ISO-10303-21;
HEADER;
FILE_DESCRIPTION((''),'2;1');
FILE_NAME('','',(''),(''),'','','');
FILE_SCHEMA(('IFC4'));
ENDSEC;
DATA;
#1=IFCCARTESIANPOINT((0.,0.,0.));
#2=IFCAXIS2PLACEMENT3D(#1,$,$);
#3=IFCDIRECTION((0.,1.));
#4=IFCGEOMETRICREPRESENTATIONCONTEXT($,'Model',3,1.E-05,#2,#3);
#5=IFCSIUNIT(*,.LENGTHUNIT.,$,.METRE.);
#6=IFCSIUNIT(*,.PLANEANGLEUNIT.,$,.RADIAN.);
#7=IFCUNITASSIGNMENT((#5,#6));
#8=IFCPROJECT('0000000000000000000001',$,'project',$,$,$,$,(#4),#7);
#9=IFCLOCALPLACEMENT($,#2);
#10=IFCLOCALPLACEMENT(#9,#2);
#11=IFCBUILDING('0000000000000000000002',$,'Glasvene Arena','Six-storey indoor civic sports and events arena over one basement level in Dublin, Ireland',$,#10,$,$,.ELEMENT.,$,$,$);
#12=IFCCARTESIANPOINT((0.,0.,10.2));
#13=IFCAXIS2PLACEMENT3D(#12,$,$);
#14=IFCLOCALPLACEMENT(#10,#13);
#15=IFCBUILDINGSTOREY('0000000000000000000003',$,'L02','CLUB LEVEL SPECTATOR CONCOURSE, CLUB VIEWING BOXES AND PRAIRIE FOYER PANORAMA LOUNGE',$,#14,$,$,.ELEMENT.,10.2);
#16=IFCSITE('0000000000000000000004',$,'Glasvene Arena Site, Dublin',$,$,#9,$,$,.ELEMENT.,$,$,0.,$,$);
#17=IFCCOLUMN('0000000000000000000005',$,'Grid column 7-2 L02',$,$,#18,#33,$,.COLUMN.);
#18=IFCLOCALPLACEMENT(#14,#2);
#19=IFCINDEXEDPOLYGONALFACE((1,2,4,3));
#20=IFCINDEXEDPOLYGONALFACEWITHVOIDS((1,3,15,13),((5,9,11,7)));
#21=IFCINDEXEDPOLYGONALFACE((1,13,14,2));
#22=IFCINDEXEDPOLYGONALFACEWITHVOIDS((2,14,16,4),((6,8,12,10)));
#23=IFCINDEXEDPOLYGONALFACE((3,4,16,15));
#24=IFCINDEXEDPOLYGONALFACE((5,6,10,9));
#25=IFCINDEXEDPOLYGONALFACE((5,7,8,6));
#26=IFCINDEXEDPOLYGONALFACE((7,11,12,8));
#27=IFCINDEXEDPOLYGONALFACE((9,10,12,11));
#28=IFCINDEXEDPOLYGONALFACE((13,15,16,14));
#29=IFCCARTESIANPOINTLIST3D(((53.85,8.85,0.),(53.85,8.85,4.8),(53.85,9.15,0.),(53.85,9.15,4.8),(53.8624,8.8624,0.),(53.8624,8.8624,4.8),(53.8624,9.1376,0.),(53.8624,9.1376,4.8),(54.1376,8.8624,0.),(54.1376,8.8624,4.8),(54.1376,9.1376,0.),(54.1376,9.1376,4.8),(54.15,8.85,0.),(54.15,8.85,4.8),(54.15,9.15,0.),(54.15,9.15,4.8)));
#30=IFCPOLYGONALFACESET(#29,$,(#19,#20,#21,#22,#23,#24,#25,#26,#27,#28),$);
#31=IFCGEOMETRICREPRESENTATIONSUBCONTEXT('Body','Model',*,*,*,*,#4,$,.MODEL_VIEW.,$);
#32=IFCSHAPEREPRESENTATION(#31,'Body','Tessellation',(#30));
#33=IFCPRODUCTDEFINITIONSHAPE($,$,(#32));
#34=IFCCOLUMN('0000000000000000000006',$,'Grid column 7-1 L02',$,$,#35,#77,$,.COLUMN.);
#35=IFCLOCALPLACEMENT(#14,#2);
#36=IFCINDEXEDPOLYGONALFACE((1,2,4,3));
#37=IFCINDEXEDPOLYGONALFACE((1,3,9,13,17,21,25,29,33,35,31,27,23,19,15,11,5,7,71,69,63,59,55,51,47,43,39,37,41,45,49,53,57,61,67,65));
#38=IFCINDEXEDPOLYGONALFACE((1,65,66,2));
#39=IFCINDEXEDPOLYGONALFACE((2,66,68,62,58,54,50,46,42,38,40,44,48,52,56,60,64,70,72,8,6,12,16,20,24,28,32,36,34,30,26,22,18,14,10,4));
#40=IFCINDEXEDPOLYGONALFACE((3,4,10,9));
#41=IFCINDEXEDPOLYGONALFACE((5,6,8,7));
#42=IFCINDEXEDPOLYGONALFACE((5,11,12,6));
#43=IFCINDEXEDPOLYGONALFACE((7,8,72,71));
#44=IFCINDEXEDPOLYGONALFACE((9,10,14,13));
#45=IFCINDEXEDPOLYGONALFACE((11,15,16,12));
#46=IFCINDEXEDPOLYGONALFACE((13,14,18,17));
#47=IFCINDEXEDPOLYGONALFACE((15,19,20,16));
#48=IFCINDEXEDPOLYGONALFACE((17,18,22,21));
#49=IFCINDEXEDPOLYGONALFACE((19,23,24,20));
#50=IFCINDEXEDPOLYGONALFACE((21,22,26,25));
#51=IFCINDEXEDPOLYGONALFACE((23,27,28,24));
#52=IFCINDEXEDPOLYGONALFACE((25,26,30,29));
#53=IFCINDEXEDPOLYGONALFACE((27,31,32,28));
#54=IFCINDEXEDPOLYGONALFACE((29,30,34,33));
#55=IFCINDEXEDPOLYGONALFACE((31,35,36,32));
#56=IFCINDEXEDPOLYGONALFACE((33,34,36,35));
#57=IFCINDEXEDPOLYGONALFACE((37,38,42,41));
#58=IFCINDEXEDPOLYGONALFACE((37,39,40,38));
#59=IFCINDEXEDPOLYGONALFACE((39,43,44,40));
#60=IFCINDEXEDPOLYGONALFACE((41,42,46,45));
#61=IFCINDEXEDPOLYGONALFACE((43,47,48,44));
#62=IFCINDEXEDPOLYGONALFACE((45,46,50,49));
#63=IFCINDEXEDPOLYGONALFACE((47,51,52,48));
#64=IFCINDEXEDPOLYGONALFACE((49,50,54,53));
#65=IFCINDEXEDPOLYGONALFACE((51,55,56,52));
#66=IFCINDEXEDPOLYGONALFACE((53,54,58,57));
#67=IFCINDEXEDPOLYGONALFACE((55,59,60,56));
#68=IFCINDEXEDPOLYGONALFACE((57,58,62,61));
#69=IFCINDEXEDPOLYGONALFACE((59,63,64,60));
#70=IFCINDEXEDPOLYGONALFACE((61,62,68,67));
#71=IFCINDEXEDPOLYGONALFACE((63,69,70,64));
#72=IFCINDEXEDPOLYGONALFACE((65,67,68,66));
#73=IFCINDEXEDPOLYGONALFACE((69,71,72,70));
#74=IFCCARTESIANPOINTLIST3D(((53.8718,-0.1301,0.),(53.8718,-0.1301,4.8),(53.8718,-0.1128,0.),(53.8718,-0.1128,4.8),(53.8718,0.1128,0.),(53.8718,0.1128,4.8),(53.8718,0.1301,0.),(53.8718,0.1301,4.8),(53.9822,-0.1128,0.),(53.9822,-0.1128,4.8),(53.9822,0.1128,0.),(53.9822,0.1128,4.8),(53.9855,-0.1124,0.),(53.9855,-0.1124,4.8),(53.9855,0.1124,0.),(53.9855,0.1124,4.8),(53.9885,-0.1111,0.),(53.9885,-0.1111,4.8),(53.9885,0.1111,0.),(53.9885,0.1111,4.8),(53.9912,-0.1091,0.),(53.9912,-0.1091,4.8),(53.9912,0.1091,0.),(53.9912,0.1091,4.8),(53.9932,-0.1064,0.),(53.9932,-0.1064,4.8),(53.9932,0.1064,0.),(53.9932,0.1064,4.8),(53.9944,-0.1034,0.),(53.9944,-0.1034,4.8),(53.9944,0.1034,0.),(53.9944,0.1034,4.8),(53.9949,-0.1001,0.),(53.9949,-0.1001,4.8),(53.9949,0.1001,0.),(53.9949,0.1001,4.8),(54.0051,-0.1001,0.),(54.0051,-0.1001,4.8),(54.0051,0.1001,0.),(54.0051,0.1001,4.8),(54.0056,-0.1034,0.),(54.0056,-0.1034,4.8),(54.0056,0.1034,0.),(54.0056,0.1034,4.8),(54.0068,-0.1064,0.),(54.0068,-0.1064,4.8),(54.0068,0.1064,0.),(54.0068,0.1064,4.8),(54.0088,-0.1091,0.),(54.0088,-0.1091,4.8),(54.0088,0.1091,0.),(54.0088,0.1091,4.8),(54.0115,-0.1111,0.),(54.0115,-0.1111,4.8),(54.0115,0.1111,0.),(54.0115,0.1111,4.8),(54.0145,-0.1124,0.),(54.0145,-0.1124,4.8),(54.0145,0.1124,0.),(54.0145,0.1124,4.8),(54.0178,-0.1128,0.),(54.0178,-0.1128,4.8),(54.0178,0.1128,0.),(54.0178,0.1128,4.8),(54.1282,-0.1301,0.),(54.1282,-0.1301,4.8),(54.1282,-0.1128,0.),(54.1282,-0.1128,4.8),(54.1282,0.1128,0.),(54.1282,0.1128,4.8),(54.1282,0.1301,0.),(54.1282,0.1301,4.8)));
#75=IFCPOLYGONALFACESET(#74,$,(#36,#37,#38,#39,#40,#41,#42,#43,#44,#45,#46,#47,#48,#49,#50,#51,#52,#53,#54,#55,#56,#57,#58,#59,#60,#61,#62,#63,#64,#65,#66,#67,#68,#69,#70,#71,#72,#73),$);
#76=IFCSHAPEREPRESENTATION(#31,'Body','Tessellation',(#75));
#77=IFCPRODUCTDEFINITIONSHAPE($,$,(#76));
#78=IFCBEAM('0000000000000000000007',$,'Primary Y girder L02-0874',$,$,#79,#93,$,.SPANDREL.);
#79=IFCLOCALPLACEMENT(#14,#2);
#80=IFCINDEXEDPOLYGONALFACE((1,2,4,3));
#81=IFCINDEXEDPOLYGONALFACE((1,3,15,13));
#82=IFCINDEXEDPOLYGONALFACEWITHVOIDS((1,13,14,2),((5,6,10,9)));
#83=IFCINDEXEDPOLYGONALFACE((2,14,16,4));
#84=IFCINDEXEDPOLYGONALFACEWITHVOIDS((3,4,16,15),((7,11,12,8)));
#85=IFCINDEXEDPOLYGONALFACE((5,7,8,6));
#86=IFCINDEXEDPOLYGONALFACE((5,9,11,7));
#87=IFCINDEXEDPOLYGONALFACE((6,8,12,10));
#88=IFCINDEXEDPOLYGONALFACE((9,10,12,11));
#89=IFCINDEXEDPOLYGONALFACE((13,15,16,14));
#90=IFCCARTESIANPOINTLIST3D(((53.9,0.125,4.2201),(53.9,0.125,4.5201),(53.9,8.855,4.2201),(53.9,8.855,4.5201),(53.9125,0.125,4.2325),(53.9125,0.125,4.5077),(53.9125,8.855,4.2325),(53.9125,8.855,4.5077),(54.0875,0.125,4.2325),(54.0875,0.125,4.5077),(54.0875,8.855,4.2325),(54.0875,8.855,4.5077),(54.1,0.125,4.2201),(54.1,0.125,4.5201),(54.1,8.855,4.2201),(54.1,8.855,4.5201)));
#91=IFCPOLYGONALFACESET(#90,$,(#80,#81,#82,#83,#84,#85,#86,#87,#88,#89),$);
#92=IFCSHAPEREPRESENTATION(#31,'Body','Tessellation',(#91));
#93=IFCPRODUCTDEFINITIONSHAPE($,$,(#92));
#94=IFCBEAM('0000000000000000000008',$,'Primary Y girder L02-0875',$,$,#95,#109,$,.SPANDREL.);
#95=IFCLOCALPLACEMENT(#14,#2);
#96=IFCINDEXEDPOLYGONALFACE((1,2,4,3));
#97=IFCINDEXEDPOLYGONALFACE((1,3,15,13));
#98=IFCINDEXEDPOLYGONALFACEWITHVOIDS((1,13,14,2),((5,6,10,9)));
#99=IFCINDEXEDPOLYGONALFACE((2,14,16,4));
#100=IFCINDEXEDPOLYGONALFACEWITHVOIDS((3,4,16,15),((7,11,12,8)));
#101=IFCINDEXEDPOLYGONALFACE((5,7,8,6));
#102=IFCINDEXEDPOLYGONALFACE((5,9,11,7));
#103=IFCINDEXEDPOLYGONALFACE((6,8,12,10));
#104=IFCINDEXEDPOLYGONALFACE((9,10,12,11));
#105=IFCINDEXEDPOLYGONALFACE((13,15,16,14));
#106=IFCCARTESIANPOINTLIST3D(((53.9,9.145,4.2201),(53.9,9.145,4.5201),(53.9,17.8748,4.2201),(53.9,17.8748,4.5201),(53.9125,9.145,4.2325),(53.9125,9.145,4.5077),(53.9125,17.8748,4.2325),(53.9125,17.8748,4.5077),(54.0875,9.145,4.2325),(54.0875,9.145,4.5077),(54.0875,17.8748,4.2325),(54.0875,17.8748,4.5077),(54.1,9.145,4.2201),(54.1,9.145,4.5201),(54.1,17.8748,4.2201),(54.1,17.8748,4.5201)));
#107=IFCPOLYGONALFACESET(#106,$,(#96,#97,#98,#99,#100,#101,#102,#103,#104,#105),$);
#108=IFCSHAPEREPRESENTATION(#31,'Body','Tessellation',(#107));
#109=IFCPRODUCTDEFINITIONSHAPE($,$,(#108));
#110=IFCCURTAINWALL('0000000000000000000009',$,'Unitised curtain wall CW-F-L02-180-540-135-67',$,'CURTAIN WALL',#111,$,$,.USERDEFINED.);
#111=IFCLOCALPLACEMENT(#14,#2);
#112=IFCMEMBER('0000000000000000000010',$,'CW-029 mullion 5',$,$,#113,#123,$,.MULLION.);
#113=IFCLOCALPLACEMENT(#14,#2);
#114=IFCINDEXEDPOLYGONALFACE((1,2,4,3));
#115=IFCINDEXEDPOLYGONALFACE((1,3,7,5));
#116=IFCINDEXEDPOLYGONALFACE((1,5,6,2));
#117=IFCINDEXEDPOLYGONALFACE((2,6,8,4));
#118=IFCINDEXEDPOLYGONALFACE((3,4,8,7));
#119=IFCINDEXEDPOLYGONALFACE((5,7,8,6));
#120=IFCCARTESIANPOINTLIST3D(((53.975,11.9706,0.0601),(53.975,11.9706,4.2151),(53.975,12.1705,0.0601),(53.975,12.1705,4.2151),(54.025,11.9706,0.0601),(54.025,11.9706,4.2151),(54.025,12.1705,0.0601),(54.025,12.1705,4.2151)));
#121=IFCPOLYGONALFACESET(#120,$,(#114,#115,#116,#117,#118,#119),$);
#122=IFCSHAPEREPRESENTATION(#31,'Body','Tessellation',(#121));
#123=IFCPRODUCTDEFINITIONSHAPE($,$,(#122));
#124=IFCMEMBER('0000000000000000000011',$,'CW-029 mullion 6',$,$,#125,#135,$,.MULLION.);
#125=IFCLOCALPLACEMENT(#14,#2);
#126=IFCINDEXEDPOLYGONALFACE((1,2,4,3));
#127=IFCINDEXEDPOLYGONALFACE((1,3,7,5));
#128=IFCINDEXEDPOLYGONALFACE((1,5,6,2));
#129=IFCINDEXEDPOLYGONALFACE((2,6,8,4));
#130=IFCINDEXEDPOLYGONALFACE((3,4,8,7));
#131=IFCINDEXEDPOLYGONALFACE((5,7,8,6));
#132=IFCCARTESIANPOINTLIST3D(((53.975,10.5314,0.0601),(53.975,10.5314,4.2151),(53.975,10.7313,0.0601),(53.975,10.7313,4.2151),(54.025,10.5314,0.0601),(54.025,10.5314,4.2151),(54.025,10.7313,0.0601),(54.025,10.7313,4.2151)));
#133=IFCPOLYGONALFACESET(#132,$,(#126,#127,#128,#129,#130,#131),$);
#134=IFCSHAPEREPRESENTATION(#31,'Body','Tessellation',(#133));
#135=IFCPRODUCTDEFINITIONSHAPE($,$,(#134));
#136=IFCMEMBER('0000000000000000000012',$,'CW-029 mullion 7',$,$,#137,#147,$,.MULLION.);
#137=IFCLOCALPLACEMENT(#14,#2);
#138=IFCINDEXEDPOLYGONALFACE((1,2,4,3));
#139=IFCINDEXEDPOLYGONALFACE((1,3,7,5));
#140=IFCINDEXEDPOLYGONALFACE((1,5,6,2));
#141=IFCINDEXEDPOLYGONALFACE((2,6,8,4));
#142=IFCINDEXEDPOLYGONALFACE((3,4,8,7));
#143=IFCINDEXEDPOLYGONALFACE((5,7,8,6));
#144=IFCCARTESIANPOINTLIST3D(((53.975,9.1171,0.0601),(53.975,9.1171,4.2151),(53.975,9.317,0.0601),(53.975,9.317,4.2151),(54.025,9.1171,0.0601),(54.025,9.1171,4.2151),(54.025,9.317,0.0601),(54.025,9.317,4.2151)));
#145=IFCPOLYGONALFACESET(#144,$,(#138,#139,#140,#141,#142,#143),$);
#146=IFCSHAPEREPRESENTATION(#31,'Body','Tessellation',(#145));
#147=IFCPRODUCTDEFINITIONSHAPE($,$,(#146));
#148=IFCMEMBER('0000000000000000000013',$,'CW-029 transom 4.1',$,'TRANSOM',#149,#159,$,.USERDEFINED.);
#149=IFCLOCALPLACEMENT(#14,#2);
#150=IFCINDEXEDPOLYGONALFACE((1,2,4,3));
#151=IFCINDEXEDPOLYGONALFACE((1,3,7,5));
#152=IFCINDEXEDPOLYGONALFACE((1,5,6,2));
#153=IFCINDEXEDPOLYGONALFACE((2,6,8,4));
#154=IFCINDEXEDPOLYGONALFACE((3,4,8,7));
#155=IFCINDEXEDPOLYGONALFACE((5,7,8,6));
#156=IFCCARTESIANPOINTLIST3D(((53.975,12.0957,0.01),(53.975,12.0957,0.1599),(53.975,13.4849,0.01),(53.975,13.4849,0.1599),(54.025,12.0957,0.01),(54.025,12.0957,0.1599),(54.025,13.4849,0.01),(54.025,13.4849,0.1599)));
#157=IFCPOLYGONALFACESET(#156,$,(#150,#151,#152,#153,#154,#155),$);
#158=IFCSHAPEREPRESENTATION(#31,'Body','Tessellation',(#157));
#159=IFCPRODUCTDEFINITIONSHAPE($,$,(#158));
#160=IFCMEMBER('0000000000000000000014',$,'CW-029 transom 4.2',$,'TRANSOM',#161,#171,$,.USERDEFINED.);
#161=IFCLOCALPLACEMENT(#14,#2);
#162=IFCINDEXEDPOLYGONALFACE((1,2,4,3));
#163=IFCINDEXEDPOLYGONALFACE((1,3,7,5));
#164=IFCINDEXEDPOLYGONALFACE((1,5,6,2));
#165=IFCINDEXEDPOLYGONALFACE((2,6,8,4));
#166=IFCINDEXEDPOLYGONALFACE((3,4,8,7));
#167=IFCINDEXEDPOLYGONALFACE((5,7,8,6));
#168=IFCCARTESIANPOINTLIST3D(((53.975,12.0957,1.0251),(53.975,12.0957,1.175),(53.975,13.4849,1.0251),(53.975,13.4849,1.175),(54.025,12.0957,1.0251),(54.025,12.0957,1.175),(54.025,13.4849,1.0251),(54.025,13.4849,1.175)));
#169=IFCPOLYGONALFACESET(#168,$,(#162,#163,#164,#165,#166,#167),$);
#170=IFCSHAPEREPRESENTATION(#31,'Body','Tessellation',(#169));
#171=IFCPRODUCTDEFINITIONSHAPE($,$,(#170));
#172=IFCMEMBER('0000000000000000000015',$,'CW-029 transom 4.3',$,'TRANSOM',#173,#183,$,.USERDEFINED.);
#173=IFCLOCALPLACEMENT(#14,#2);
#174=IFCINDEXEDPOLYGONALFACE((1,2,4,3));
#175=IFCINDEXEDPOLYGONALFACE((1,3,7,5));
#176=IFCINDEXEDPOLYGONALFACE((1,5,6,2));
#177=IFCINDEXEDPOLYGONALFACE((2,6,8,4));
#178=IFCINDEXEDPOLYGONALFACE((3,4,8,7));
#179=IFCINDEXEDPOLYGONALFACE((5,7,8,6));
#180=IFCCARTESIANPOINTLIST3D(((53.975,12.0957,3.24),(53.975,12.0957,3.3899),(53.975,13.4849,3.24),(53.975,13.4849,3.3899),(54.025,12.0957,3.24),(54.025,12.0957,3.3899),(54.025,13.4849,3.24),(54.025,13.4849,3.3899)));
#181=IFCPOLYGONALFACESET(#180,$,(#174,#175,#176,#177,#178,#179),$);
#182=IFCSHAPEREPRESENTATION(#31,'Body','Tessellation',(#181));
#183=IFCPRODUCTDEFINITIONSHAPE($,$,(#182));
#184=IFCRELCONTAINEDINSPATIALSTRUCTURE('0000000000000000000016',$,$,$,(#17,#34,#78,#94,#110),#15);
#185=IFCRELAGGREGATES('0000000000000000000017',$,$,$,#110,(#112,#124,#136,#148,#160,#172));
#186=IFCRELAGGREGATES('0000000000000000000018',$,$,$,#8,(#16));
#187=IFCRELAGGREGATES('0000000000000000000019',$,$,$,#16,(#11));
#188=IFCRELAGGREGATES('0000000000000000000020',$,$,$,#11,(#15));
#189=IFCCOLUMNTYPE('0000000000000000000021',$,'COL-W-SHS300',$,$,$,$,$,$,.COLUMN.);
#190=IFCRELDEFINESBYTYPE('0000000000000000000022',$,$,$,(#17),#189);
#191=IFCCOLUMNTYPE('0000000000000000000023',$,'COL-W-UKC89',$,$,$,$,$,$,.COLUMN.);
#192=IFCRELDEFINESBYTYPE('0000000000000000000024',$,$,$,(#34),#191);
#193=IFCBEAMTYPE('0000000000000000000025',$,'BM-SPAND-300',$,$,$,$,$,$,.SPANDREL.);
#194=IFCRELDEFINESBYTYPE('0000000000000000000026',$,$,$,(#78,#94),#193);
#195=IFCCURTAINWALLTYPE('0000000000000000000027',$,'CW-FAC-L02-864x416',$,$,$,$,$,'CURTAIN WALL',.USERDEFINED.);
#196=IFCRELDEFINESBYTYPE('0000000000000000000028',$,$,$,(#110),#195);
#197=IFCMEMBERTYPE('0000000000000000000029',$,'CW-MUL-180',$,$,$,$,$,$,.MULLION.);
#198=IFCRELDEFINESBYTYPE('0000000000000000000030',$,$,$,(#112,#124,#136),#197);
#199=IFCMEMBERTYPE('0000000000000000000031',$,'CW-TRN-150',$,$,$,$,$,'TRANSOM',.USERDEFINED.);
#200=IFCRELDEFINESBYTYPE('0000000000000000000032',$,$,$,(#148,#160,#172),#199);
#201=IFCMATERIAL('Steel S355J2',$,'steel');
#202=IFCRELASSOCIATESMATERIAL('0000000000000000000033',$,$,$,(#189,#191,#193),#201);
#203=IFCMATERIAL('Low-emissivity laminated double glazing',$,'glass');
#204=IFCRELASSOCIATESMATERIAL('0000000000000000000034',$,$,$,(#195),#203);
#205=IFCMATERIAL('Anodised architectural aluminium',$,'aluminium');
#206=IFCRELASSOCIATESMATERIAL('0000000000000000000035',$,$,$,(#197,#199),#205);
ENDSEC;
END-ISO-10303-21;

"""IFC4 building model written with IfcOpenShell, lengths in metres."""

from ifc_helpers import new_model, si_unit, direction, frame, origin, origin_2d, place, context, subcontext, project, spatial, rectangle, hollow_rectangle, i_section, extrude, material, material_profile, profile_set, type_object, element, aggregate, save


model = new_model("IFC4")

# Units and contexts
model_context = context("Model", 3, precision=1e-05, world=origin(), true_north=direction((0.0, 1.0)))
body_context = subcontext(model_context, "Body", "Model", "MODEL_VIEW")
ifc_project = project(units=[si_unit("LENGTHUNIT", "METRE"), si_unit("PLANEANGLEUNIT", "RADIAN")], contexts=[model_context])

# Site, building, storey
site_placement = place(None, origin())
site = spatial("IfcSite", under=ifc_project, at=site_placement, Name="Glasvene Arena Site, Dublin", CompositionType="ELEMENT", RefElevation=0.0)
building_placement = place(site_placement, origin())
building = spatial("IfcBuilding", under=site, at=building_placement, Name="Glasvene Arena", Description="Six-storey indoor civic sports and events arena over one basement level in Dublin, Ireland", CompositionType="ELEMENT")
storey_placement = place(building_placement, frame((0.0, 0.0, 10.2)))
storey = spatial("IfcBuildingStorey", under=building, at=storey_placement, Name="L02", Description="CLUB LEVEL SPECTATOR CONCOURSE, CLUB VIEWING BOXES AND PRAIRIE FOYER PANORAMA LOUNGE", CompositionType="ELEMENT", Elevation=10.2)

# Columns
ifc_material_1 = material(Name="Steel S355J2", Category="steel")
ifc_material_profile_1 = material_profile(ifc_material_1, hollow_rectangle(XDim=0.3, YDim=0.3, WallThickness=0.0125, at=origin_2d()), Name="SHS 300x300x12.5")
ifc_profile_set_1 = profile_set([ifc_material_profile_1], Name="Steel S355J2")
column_type_1 = type_object("IfcColumnType", Name="COL-W-SHS300", PredefinedType="COLUMN", material=ifc_profile_set_1)
column_1_placement = place(storey_placement, frame((54.0, 9.0, 0.0), z_axis=(0.0, 0.0, 1.0), x_axis=(1.0, 0.0, 0.0)))
element("IfcColumn", 1, at=column_1_placement, inside=storey, type_object=column_type_1, Name="Grid column 7-2 L02", PredefinedType="COLUMN", context=body_context, shape_type="SweptSolid", body=[
    extrude(hollow_rectangle(XDim=0.3, YDim=0.3, WallThickness=0.0125, at=origin_2d()), origin(), (0.0, 0.0, 1.0), 4.8),
])
ifc_material_profile_2 = material_profile(ifc_material_1, i_section(OverallWidth=0.2563, OverallDepth=0.2603, WebThickness=0.0103, FlangeThickness=0.0173, FilletRadius=0.0127, at=origin_2d()), Name="UKC 254x254x89")
ifc_profile_set_2 = profile_set([ifc_material_profile_2], Name="Steel S355J2")
column_type_2 = type_object("IfcColumnType", Name="COL-W-UKC89", PredefinedType="COLUMN", material=ifc_profile_set_2)
column_2_placement = place(storey_placement, frame((54.0, 0.0, 0.0), z_axis=(0.0, 0.0, 1.0), x_axis=(1.0, 0.0, 0.0)))
element("IfcColumn", 2, at=column_2_placement, inside=storey, type_object=column_type_2, Name="Grid column 7-1 L02", PredefinedType="COLUMN", context=body_context, shape_type="SweptSolid", body=[
    extrude(i_section(OverallWidth=0.2563, OverallDepth=0.2603, WebThickness=0.0103, FlangeThickness=0.0173, FilletRadius=0.0127, at=origin_2d()), origin(), (0.0, 0.0, 1.0), 4.8),
])

# Beams
ifc_material_profile_3 = material_profile(ifc_material_1, hollow_rectangle(XDim=0.2, YDim=0.3, WallThickness=0.0125, at=origin_2d()), Name="RHS 300x200x12.5")
ifc_profile_set_3 = profile_set([ifc_material_profile_3], Name="Steel S355J2")
beam_type = type_object("IfcBeamType", Name="BM-SPAND-300", PredefinedType="SPANDREL", material=ifc_profile_set_3)
beam_1_placement = place(storey_placement, frame((54.0, 0.125, 4.3701), z_axis=(0.0, 1.0, 0.0), x_axis=(-1.0, 0.0, 0.0)))
element("IfcBeam", 3, at=beam_1_placement, inside=storey, type_object=beam_type, Name="Primary Y girder L02-0874", PredefinedType="SPANDREL", context=body_context, shape_type="SweptSolid", body=[
    extrude(hollow_rectangle(XDim=0.2, YDim=0.3, WallThickness=0.0125, at=origin_2d()), origin(), (0.0, 0.0, 1.0), 8.73),
])
beam_2_placement = place(storey_placement, frame((54.0, 9.145, 4.3701), z_axis=(0.0, 1.0, 0.0), x_axis=(-1.0, 0.0, 0.0)))
element("IfcBeam", 4, at=beam_2_placement, inside=storey, type_object=beam_type, Name="Primary Y girder L02-0875", PredefinedType="SPANDREL", context=body_context, shape_type="SweptSolid", body=[
    extrude(hollow_rectangle(XDim=0.2, YDim=0.3, WallThickness=0.0125, at=origin_2d()), origin(), (0.0, 0.0, 1.0), 8.7297),
])

# Curtain wall, members
ifc_material_2 = material(Name="Low-emissivity laminated double glazing", Category="glass")
curtain_wall_type = type_object("IfcCurtainWallType", Name="CW-FAC-L02-864x416", ElementType="CURTAIN WALL", PredefinedType="USERDEFINED", material=ifc_material_2)
curtain_wall_placement = place(storey_placement, frame((54.0, 17.8279, 0.0)))
curtain_wall = element("IfcCurtainWall", 5, at=curtain_wall_placement, inside=storey, type_object=curtain_wall_type, Name="Unitised curtain wall CW-F-L02-180-540-135-67", ObjectType="CURTAIN WALL", PredefinedType="USERDEFINED")
ifc_material_3 = material(Name="Anodised architectural aluminium", Category="aluminium")
ifc_material_profile_4 = material_profile(ifc_material_3, rectangle(XDim=0.05, YDim=0.2, at=origin_2d()), Name="ALU MULLION 50x200")
ifc_profile_set_4 = profile_set([ifc_material_profile_4], Name="Anodised architectural aluminium")
member_type_1 = type_object("IfcMemberType", Name="CW-MUL-180", PredefinedType="MULLION", material=ifc_profile_set_4)
member_1_placement = place(storey_placement, frame((54.0, 12.0706, 0.0601), z_axis=(0.0, 0.0, 1.0), x_axis=(1.0, 0.0, 0.0)))
member_1 = element("IfcMember", 6, at=member_1_placement, type_object=member_type_1, Name="CW-029 mullion 5", PredefinedType="MULLION", context=body_context, shape_type="SweptSolid", body=[
    extrude(rectangle(XDim=0.05, YDim=0.2, at=origin_2d()), origin(), (0.0, 0.0, 1.0), 4.155),
])
member_2_placement = place(storey_placement, frame((54.0, 10.6313, 0.0601), z_axis=(0.0, 0.0, 1.0), x_axis=(1.0, 0.0, 0.0)))
member_2 = element("IfcMember", 7, at=member_2_placement, type_object=member_type_1, Name="CW-029 mullion 6", PredefinedType="MULLION", context=body_context, shape_type="SweptSolid", body=[
    extrude(rectangle(XDim=0.05, YDim=0.2, at=origin_2d()), origin(), (0.0, 0.0, 1.0), 4.155),
])
member_3_placement = place(storey_placement, frame((54.0, 9.217, 0.0601), z_axis=(0.0, 0.0, 1.0), x_axis=(1.0, 0.0, 0.0)))
member_3 = element("IfcMember", 8, at=member_3_placement, type_object=member_type_1, Name="CW-029 mullion 7", PredefinedType="MULLION", context=body_context, shape_type="SweptSolid", body=[
    extrude(rectangle(XDim=0.05, YDim=0.2, at=origin_2d()), origin(), (0.0, 0.0, 1.0), 4.155),
])
ifc_material_profile_5 = material_profile(ifc_material_3, rectangle(XDim=0.05, YDim=0.1499, at=origin_2d()), Name="ALU TRANSOM 50x150")
ifc_profile_set_5 = profile_set([ifc_material_profile_5], Name="Anodised architectural aluminium")
member_type_2 = type_object("IfcMemberType", Name="CW-TRN-150", ElementType="TRANSOM", PredefinedType="USERDEFINED", material=ifc_profile_set_5)
member_4_placement = place(storey_placement, frame((54.0, 13.4849, 0.085), z_axis=(0.0, -1.0, 0.0), x_axis=(1.0, 0.0, 0.0)))
member_4 = element("IfcMember", 9, at=member_4_placement, type_object=member_type_2, Name="CW-029 transom 4.1", ObjectType="TRANSOM", PredefinedType="USERDEFINED", context=body_context, shape_type="SweptSolid", body=[
    extrude(rectangle(XDim=0.05, YDim=0.1499, at=origin_2d()), origin(), (0.0, 0.0, 1.0), 1.3892),
])
member_5_placement = place(storey_placement, frame((54.0, 13.4849, 1.1001), z_axis=(0.0, -1.0, 0.0), x_axis=(1.0, 0.0, 0.0)))
member_5 = element("IfcMember", 10, at=member_5_placement, type_object=member_type_2, Name="CW-029 transom 4.2", ObjectType="TRANSOM", PredefinedType="USERDEFINED", context=body_context, shape_type="SweptSolid", body=[
    extrude(rectangle(XDim=0.05, YDim=0.1499, at=origin_2d()), origin(), (0.0, 0.0, 1.0), 1.3892),
])
member_6_placement = place(storey_placement, frame((54.0, 13.4849, 3.3149), z_axis=(0.0, -1.0, 0.0), x_axis=(1.0, 0.0, 0.0)))
member_6 = element("IfcMember", 11, at=member_6_placement, type_object=member_type_2, Name="CW-029 transom 4.3", ObjectType="TRANSOM", PredefinedType="USERDEFINED", context=body_context, shape_type="SweptSolid", body=[
    extrude(rectangle(XDim=0.05, YDim=0.1499, at=origin_2d()), origin(), (0.0, 0.0, 1.0), 1.3892),
])
aggregate(curtain_wall, [member_1, member_2, member_3, member_4, member_5, member_6])

save(model, "model.ifc")
